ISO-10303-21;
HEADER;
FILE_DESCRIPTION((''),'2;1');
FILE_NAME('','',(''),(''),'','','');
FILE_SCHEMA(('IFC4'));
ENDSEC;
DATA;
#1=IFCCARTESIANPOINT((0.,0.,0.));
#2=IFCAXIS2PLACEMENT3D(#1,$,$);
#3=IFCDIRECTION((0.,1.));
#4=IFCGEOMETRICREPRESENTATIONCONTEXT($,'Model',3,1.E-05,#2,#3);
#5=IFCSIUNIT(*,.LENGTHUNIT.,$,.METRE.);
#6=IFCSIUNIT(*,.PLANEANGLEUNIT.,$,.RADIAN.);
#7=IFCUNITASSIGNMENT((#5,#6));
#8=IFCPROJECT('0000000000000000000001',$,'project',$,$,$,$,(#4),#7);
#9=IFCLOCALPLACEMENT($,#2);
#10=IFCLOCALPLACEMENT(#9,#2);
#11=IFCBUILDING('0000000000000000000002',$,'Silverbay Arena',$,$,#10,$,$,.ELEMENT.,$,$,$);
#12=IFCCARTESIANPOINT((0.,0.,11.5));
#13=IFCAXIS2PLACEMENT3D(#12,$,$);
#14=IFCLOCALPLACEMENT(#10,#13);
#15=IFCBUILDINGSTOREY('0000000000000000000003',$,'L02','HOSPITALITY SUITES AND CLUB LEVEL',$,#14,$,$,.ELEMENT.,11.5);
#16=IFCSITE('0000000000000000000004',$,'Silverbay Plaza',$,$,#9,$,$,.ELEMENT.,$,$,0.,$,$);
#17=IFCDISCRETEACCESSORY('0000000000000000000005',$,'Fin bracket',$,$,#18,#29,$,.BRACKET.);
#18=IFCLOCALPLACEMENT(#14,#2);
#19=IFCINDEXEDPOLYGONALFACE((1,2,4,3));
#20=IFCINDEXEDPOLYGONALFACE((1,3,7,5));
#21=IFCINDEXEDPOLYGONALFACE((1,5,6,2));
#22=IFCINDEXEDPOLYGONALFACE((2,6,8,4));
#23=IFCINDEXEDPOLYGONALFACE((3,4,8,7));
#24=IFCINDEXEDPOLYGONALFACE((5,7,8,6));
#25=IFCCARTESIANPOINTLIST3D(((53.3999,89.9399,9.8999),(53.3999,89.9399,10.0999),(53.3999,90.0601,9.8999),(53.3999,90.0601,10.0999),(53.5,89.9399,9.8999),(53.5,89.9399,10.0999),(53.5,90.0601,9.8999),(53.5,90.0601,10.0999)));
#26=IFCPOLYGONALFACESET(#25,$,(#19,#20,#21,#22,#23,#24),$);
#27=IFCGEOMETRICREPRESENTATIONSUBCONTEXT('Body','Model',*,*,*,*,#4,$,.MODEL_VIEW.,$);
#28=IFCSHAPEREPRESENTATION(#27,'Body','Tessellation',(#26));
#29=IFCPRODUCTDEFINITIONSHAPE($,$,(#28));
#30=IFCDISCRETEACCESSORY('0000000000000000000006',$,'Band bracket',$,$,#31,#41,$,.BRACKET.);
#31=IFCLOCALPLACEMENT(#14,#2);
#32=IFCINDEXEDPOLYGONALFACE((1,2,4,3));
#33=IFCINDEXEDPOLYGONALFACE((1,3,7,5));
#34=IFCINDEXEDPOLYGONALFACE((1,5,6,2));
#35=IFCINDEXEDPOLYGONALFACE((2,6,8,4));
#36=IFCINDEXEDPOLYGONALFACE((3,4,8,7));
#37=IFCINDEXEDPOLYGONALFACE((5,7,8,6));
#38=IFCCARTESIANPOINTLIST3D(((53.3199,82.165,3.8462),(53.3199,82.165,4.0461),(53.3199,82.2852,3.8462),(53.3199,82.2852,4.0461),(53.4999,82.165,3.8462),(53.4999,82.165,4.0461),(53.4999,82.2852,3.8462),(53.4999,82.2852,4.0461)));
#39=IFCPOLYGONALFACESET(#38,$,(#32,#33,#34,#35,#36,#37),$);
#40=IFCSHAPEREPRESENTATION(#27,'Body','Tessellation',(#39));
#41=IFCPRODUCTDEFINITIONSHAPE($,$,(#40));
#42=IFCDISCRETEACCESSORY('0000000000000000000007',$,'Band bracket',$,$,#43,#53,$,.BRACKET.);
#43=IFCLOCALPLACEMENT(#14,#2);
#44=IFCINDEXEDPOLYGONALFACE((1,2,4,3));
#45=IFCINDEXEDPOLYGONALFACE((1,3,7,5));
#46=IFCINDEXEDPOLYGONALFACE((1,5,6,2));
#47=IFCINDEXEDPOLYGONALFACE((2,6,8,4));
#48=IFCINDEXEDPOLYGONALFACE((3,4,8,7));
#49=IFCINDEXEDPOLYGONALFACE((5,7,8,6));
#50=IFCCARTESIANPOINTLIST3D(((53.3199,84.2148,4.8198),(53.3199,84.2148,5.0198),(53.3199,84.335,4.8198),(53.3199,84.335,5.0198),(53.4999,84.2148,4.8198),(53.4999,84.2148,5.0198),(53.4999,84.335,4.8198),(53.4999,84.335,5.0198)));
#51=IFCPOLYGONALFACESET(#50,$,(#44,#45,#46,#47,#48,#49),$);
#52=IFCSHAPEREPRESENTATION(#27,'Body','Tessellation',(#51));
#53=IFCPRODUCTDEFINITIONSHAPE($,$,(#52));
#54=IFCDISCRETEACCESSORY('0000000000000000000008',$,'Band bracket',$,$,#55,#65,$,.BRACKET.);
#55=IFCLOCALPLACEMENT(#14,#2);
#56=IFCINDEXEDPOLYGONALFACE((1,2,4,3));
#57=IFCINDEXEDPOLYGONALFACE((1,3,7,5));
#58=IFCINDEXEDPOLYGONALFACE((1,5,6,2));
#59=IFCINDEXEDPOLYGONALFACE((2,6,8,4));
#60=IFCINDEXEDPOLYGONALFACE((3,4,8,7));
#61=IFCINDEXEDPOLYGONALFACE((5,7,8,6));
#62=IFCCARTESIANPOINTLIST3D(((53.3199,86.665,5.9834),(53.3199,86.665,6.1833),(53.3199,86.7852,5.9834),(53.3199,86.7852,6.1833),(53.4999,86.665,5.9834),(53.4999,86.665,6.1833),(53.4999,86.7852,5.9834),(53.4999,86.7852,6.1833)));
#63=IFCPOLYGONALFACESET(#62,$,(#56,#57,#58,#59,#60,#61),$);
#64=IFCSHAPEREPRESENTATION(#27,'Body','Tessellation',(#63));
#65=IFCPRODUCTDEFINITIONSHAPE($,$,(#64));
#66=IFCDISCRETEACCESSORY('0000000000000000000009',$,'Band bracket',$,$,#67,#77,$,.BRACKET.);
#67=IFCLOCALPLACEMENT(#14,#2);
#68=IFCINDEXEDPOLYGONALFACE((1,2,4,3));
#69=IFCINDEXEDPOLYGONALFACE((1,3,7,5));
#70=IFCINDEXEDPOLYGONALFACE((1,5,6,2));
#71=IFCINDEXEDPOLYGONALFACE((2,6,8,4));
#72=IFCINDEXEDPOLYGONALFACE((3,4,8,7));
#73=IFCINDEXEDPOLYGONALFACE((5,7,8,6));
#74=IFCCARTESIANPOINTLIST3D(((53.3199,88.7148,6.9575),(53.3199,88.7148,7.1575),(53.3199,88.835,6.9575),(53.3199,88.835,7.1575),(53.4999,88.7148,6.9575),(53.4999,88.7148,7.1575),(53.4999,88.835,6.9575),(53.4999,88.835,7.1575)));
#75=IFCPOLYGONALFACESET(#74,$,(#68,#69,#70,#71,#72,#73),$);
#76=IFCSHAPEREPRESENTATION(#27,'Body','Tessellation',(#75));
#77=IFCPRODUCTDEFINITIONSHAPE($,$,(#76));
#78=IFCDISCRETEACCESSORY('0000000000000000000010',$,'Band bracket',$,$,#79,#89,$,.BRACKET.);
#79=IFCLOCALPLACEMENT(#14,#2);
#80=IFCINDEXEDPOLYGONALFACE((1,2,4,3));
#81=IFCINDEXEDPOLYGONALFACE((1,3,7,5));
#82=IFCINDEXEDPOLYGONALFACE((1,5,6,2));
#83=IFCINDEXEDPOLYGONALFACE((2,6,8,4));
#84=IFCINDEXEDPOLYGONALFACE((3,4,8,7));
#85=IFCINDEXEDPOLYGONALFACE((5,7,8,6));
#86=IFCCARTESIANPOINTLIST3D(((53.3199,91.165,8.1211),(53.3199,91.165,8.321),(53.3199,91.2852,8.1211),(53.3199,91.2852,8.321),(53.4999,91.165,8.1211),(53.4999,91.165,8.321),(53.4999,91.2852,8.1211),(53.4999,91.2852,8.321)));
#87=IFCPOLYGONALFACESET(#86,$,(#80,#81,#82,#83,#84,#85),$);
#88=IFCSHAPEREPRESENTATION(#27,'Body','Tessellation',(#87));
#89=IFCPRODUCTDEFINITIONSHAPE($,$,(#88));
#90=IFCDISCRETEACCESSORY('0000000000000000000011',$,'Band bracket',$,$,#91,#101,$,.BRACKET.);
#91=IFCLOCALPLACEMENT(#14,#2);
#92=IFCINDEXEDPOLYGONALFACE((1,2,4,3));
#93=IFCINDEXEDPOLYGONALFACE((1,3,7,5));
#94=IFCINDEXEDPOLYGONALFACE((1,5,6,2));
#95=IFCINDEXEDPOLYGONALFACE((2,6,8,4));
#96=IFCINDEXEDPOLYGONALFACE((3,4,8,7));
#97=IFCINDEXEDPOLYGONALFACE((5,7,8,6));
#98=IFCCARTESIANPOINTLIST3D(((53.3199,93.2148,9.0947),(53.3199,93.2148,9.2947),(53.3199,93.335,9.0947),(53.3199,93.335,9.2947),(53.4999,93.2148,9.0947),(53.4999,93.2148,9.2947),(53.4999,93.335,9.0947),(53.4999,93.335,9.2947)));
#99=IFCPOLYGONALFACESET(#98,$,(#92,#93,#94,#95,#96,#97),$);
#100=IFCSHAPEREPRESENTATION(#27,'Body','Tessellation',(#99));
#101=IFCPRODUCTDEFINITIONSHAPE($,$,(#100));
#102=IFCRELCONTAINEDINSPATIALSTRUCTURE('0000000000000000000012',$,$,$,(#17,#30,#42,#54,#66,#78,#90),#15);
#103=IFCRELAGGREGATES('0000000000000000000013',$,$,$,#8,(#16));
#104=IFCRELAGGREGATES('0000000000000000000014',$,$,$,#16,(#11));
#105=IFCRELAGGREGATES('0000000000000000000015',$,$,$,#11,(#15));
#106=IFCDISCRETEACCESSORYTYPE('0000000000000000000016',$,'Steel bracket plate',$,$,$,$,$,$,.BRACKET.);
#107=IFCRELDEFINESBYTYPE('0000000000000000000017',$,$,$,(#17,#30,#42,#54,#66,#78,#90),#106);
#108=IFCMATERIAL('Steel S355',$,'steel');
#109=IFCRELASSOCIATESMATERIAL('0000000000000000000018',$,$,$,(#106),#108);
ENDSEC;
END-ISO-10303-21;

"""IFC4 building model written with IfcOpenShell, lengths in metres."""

from ifc_helpers import new_model, si_unit, direction, frame, origin, origin_2d, place, context, subcontext, project, spatial, rectangle, extrude, material, type_object, element, save


model = new_model("IFC4")

# Units and contexts
model_context = context("Model", 3, precision=1e-05, world=origin(), true_north=direction((0.0, 1.0)))
body_context = subcontext(model_context, "Body", "Model", "MODEL_VIEW")
ifc_project = project(units=[si_unit("LENGTHUNIT", "METRE"), si_unit("PLANEANGLEUNIT", "RADIAN")], contexts=[model_context])

# Site, building, storey
site_placement = place(None, origin())
site = spatial("IfcSite", under=ifc_project, at=site_placement, Name="Silverbay Plaza", CompositionType="ELEMENT", RefElevation=0.0)
building_placement = place(site_placement, origin())
building = spatial("IfcBuilding", under=site, at=building_placement, Name="Silverbay Arena", CompositionType="ELEMENT")
storey_placement = place(building_placement, frame((0.0, 0.0, 11.5)))
storey = spatial("IfcBuildingStorey", under=building, at=storey_placement, Name="L02", Description="HOSPITALITY SUITES AND CLUB LEVEL", CompositionType="ELEMENT", Elevation=11.5)

# Discrete accessories
ifc_material_1 = material(Name="Steel S355", Category="steel")
discrete_accessory_type = type_object("IfcDiscreteAccessoryType", Name="Steel bracket plate", PredefinedType="BRACKET", material=ifc_material_1)
for number, where, z_axis, x_axis, name in (
    (1, (53.45, 90.0, 9.8999), (0.0, 0.0, 1.0), (1.0, 0.0, 0.0), "Fin bracket"),
):
    element("IfcDiscreteAccessory", number, at=place(storey_placement, frame(where, z_axis=z_axis, x_axis=x_axis)), inside=storey, type_object=discrete_accessory_type, Name=name, PredefinedType="BRACKET", context=body_context, shape_type="SweptSolid", body=[
        extrude(rectangle(XDim=0.1001, YDim=0.1201, at=origin_2d()), origin(), (0.0, 0.0, 1.0), 0.2),
    ])
for number, where, z_axis, x_axis, name in (
    (2, (53.4099, 82.2251, 3.8462), (0.0, 0.0, 1.0), (1.0, 0.0, 0.0), "Band bracket"),
    (3, (53.4099, 84.2749, 4.8198), (0.0, 0.0, 1.0), (1.0, 0.0, 0.0), "Band bracket"),
    (4, (53.4099, 86.7251, 5.9834), (0.0, 0.0, 1.0), (1.0, 0.0, 0.0), "Band bracket"),
    (5, (53.4099, 88.7749, 6.9575), (0.0, 0.0, 1.0), (1.0, 0.0, 0.0), "Band bracket"),
    (6, (53.4099, 91.2251, 8.1211), (0.0, 0.0, 1.0), (1.0, 0.0, 0.0), "Band bracket"),
    (7, (53.4099, 93.2749, 9.0947), (0.0, 0.0, 1.0), (1.0, 0.0, 0.0), "Band bracket"),
):
    element("IfcDiscreteAccessory", number, at=place(storey_placement, frame(where, z_axis=z_axis, x_axis=x_axis)), inside=storey, type_object=discrete_accessory_type, Name=name, PredefinedType="BRACKET", context=body_context, shape_type="SweptSolid", body=[
        extrude(rectangle(XDim=0.1799, YDim=0.1201, at=origin_2d()), origin(), (0.0, 0.0, 1.0), 0.2),
    ])

save(model, "model.ifc")
